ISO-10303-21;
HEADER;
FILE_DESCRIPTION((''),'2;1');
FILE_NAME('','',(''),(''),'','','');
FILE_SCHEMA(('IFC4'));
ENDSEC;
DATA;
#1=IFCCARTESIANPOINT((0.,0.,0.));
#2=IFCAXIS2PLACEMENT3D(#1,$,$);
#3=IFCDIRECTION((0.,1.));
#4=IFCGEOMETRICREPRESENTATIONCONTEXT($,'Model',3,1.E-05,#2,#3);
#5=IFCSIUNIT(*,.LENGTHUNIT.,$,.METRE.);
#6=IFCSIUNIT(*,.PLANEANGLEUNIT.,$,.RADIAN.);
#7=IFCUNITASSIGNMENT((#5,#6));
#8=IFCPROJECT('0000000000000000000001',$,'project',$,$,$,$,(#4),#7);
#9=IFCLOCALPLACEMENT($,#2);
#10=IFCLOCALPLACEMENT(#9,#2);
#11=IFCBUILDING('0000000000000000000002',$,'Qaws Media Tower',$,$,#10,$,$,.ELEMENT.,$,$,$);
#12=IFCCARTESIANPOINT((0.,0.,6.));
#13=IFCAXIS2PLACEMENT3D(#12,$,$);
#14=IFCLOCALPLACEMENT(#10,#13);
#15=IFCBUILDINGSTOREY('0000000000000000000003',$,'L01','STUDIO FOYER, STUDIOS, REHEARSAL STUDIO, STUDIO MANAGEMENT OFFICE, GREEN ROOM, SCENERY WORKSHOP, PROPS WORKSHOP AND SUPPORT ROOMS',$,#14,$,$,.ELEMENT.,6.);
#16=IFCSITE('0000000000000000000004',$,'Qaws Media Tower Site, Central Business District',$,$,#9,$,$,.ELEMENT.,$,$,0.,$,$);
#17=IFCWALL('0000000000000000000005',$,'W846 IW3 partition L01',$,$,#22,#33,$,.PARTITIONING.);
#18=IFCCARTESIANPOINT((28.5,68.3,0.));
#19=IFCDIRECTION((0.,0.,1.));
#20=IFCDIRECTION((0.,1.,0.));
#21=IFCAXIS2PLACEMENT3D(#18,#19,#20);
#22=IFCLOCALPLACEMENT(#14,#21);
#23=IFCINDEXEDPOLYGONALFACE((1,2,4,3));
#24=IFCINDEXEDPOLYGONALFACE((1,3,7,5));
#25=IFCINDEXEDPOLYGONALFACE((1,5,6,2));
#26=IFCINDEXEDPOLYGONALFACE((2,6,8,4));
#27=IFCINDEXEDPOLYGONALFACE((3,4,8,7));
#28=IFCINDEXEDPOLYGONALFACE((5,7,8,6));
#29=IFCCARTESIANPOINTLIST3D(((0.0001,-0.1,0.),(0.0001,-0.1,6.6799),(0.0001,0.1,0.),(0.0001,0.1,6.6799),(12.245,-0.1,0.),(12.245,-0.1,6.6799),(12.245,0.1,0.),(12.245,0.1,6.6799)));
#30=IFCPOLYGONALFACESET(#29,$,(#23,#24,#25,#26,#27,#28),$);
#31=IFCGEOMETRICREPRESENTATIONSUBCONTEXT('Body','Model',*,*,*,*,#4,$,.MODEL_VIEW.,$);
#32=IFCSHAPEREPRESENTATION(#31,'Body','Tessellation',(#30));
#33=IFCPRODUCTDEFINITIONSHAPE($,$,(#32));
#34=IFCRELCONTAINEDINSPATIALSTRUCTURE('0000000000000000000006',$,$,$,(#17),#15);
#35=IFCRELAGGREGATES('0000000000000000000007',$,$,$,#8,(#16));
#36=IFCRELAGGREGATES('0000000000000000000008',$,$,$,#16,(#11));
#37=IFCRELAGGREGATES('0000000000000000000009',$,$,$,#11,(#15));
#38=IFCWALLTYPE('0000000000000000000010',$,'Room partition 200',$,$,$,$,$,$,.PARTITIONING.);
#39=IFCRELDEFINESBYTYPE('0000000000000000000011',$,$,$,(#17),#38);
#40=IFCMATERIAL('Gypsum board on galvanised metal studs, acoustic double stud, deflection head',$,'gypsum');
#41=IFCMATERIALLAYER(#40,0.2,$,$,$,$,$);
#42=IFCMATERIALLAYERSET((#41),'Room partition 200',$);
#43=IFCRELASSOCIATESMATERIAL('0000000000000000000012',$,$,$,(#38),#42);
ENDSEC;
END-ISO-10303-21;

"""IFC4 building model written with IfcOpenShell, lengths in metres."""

from ifc_helpers import new_model, si_unit, direction, frame, frame_2d, origin, place, context, subcontext, project, spatial, rectangle, extrude, material, layer, layer_set, type_object, element, save


model = new_model("IFC4")

# Units and contexts
model_context = context("Model", 3, precision=1e-05, world=origin(), true_north=direction((0.0, 1.0)))
body_context = subcontext(model_context, "Body", "Model", "MODEL_VIEW")
ifc_project = project(units=[si_unit("LENGTHUNIT", "METRE"), si_unit("PLANEANGLEUNIT", "RADIAN")], contexts=[model_context])

# Site, building, storey
site_placement = place(None, origin())
site = spatial("IfcSite", under=ifc_project, at=site_placement, Name="Qaws Media Tower Site, Central Business District", CompositionType="ELEMENT", RefElevation=0.0)
building_placement = place(site_placement, origin())
building = spatial("IfcBuilding", under=site, at=building_placement, Name="Qaws Media Tower", CompositionType="ELEMENT")
storey_placement = place(building_placement, frame((0.0, 0.0, 6.0)))
storey = spatial("IfcBuildingStorey", under=building, at=storey_placement, Name="L01", Description="STUDIO FOYER, STUDIOS, REHEARSAL STUDIO, STUDIO MANAGEMENT OFFICE, GREEN ROOM, SCENERY WORKSHOP, PROPS WORKSHOP AND SUPPORT ROOMS", CompositionType="ELEMENT", Elevation=6.0)

# Wall
ifc_material_1 = material(Name="Gypsum board on galvanised metal studs, acoustic double stud, deflection head", Category="gypsum")
ifc_layer_1 = layer(ifc_material_1, 0.2)
ifc_layer_set_1 = layer_set([ifc_layer_1], Name="Room partition 200")
wall_type_1 = type_object("IfcWallType", Name="Room partition 200", PredefinedType="PARTITIONING", material=ifc_layer_set_1)
wall_1_placement = place(storey_placement, frame((28.5, 68.3, 0.0), z_axis=(0.0, 0.0, 1.0), x_axis=(0.0, 1.0, 0.0)))
element("IfcWall", 1, at=wall_1_placement, inside=storey, type_object=wall_type_1, Name="W846 IW3 partition L01", PredefinedType="PARTITIONING", context=body_context, shape_type="SweptSolid", body=[
    extrude(rectangle(XDim=12.2449, YDim=0.2, at=frame_2d((6.1226, 0.0))), origin(), (0.0, 0.0, 1.0), 6.6799),
])

save(model, "model.ifc")
